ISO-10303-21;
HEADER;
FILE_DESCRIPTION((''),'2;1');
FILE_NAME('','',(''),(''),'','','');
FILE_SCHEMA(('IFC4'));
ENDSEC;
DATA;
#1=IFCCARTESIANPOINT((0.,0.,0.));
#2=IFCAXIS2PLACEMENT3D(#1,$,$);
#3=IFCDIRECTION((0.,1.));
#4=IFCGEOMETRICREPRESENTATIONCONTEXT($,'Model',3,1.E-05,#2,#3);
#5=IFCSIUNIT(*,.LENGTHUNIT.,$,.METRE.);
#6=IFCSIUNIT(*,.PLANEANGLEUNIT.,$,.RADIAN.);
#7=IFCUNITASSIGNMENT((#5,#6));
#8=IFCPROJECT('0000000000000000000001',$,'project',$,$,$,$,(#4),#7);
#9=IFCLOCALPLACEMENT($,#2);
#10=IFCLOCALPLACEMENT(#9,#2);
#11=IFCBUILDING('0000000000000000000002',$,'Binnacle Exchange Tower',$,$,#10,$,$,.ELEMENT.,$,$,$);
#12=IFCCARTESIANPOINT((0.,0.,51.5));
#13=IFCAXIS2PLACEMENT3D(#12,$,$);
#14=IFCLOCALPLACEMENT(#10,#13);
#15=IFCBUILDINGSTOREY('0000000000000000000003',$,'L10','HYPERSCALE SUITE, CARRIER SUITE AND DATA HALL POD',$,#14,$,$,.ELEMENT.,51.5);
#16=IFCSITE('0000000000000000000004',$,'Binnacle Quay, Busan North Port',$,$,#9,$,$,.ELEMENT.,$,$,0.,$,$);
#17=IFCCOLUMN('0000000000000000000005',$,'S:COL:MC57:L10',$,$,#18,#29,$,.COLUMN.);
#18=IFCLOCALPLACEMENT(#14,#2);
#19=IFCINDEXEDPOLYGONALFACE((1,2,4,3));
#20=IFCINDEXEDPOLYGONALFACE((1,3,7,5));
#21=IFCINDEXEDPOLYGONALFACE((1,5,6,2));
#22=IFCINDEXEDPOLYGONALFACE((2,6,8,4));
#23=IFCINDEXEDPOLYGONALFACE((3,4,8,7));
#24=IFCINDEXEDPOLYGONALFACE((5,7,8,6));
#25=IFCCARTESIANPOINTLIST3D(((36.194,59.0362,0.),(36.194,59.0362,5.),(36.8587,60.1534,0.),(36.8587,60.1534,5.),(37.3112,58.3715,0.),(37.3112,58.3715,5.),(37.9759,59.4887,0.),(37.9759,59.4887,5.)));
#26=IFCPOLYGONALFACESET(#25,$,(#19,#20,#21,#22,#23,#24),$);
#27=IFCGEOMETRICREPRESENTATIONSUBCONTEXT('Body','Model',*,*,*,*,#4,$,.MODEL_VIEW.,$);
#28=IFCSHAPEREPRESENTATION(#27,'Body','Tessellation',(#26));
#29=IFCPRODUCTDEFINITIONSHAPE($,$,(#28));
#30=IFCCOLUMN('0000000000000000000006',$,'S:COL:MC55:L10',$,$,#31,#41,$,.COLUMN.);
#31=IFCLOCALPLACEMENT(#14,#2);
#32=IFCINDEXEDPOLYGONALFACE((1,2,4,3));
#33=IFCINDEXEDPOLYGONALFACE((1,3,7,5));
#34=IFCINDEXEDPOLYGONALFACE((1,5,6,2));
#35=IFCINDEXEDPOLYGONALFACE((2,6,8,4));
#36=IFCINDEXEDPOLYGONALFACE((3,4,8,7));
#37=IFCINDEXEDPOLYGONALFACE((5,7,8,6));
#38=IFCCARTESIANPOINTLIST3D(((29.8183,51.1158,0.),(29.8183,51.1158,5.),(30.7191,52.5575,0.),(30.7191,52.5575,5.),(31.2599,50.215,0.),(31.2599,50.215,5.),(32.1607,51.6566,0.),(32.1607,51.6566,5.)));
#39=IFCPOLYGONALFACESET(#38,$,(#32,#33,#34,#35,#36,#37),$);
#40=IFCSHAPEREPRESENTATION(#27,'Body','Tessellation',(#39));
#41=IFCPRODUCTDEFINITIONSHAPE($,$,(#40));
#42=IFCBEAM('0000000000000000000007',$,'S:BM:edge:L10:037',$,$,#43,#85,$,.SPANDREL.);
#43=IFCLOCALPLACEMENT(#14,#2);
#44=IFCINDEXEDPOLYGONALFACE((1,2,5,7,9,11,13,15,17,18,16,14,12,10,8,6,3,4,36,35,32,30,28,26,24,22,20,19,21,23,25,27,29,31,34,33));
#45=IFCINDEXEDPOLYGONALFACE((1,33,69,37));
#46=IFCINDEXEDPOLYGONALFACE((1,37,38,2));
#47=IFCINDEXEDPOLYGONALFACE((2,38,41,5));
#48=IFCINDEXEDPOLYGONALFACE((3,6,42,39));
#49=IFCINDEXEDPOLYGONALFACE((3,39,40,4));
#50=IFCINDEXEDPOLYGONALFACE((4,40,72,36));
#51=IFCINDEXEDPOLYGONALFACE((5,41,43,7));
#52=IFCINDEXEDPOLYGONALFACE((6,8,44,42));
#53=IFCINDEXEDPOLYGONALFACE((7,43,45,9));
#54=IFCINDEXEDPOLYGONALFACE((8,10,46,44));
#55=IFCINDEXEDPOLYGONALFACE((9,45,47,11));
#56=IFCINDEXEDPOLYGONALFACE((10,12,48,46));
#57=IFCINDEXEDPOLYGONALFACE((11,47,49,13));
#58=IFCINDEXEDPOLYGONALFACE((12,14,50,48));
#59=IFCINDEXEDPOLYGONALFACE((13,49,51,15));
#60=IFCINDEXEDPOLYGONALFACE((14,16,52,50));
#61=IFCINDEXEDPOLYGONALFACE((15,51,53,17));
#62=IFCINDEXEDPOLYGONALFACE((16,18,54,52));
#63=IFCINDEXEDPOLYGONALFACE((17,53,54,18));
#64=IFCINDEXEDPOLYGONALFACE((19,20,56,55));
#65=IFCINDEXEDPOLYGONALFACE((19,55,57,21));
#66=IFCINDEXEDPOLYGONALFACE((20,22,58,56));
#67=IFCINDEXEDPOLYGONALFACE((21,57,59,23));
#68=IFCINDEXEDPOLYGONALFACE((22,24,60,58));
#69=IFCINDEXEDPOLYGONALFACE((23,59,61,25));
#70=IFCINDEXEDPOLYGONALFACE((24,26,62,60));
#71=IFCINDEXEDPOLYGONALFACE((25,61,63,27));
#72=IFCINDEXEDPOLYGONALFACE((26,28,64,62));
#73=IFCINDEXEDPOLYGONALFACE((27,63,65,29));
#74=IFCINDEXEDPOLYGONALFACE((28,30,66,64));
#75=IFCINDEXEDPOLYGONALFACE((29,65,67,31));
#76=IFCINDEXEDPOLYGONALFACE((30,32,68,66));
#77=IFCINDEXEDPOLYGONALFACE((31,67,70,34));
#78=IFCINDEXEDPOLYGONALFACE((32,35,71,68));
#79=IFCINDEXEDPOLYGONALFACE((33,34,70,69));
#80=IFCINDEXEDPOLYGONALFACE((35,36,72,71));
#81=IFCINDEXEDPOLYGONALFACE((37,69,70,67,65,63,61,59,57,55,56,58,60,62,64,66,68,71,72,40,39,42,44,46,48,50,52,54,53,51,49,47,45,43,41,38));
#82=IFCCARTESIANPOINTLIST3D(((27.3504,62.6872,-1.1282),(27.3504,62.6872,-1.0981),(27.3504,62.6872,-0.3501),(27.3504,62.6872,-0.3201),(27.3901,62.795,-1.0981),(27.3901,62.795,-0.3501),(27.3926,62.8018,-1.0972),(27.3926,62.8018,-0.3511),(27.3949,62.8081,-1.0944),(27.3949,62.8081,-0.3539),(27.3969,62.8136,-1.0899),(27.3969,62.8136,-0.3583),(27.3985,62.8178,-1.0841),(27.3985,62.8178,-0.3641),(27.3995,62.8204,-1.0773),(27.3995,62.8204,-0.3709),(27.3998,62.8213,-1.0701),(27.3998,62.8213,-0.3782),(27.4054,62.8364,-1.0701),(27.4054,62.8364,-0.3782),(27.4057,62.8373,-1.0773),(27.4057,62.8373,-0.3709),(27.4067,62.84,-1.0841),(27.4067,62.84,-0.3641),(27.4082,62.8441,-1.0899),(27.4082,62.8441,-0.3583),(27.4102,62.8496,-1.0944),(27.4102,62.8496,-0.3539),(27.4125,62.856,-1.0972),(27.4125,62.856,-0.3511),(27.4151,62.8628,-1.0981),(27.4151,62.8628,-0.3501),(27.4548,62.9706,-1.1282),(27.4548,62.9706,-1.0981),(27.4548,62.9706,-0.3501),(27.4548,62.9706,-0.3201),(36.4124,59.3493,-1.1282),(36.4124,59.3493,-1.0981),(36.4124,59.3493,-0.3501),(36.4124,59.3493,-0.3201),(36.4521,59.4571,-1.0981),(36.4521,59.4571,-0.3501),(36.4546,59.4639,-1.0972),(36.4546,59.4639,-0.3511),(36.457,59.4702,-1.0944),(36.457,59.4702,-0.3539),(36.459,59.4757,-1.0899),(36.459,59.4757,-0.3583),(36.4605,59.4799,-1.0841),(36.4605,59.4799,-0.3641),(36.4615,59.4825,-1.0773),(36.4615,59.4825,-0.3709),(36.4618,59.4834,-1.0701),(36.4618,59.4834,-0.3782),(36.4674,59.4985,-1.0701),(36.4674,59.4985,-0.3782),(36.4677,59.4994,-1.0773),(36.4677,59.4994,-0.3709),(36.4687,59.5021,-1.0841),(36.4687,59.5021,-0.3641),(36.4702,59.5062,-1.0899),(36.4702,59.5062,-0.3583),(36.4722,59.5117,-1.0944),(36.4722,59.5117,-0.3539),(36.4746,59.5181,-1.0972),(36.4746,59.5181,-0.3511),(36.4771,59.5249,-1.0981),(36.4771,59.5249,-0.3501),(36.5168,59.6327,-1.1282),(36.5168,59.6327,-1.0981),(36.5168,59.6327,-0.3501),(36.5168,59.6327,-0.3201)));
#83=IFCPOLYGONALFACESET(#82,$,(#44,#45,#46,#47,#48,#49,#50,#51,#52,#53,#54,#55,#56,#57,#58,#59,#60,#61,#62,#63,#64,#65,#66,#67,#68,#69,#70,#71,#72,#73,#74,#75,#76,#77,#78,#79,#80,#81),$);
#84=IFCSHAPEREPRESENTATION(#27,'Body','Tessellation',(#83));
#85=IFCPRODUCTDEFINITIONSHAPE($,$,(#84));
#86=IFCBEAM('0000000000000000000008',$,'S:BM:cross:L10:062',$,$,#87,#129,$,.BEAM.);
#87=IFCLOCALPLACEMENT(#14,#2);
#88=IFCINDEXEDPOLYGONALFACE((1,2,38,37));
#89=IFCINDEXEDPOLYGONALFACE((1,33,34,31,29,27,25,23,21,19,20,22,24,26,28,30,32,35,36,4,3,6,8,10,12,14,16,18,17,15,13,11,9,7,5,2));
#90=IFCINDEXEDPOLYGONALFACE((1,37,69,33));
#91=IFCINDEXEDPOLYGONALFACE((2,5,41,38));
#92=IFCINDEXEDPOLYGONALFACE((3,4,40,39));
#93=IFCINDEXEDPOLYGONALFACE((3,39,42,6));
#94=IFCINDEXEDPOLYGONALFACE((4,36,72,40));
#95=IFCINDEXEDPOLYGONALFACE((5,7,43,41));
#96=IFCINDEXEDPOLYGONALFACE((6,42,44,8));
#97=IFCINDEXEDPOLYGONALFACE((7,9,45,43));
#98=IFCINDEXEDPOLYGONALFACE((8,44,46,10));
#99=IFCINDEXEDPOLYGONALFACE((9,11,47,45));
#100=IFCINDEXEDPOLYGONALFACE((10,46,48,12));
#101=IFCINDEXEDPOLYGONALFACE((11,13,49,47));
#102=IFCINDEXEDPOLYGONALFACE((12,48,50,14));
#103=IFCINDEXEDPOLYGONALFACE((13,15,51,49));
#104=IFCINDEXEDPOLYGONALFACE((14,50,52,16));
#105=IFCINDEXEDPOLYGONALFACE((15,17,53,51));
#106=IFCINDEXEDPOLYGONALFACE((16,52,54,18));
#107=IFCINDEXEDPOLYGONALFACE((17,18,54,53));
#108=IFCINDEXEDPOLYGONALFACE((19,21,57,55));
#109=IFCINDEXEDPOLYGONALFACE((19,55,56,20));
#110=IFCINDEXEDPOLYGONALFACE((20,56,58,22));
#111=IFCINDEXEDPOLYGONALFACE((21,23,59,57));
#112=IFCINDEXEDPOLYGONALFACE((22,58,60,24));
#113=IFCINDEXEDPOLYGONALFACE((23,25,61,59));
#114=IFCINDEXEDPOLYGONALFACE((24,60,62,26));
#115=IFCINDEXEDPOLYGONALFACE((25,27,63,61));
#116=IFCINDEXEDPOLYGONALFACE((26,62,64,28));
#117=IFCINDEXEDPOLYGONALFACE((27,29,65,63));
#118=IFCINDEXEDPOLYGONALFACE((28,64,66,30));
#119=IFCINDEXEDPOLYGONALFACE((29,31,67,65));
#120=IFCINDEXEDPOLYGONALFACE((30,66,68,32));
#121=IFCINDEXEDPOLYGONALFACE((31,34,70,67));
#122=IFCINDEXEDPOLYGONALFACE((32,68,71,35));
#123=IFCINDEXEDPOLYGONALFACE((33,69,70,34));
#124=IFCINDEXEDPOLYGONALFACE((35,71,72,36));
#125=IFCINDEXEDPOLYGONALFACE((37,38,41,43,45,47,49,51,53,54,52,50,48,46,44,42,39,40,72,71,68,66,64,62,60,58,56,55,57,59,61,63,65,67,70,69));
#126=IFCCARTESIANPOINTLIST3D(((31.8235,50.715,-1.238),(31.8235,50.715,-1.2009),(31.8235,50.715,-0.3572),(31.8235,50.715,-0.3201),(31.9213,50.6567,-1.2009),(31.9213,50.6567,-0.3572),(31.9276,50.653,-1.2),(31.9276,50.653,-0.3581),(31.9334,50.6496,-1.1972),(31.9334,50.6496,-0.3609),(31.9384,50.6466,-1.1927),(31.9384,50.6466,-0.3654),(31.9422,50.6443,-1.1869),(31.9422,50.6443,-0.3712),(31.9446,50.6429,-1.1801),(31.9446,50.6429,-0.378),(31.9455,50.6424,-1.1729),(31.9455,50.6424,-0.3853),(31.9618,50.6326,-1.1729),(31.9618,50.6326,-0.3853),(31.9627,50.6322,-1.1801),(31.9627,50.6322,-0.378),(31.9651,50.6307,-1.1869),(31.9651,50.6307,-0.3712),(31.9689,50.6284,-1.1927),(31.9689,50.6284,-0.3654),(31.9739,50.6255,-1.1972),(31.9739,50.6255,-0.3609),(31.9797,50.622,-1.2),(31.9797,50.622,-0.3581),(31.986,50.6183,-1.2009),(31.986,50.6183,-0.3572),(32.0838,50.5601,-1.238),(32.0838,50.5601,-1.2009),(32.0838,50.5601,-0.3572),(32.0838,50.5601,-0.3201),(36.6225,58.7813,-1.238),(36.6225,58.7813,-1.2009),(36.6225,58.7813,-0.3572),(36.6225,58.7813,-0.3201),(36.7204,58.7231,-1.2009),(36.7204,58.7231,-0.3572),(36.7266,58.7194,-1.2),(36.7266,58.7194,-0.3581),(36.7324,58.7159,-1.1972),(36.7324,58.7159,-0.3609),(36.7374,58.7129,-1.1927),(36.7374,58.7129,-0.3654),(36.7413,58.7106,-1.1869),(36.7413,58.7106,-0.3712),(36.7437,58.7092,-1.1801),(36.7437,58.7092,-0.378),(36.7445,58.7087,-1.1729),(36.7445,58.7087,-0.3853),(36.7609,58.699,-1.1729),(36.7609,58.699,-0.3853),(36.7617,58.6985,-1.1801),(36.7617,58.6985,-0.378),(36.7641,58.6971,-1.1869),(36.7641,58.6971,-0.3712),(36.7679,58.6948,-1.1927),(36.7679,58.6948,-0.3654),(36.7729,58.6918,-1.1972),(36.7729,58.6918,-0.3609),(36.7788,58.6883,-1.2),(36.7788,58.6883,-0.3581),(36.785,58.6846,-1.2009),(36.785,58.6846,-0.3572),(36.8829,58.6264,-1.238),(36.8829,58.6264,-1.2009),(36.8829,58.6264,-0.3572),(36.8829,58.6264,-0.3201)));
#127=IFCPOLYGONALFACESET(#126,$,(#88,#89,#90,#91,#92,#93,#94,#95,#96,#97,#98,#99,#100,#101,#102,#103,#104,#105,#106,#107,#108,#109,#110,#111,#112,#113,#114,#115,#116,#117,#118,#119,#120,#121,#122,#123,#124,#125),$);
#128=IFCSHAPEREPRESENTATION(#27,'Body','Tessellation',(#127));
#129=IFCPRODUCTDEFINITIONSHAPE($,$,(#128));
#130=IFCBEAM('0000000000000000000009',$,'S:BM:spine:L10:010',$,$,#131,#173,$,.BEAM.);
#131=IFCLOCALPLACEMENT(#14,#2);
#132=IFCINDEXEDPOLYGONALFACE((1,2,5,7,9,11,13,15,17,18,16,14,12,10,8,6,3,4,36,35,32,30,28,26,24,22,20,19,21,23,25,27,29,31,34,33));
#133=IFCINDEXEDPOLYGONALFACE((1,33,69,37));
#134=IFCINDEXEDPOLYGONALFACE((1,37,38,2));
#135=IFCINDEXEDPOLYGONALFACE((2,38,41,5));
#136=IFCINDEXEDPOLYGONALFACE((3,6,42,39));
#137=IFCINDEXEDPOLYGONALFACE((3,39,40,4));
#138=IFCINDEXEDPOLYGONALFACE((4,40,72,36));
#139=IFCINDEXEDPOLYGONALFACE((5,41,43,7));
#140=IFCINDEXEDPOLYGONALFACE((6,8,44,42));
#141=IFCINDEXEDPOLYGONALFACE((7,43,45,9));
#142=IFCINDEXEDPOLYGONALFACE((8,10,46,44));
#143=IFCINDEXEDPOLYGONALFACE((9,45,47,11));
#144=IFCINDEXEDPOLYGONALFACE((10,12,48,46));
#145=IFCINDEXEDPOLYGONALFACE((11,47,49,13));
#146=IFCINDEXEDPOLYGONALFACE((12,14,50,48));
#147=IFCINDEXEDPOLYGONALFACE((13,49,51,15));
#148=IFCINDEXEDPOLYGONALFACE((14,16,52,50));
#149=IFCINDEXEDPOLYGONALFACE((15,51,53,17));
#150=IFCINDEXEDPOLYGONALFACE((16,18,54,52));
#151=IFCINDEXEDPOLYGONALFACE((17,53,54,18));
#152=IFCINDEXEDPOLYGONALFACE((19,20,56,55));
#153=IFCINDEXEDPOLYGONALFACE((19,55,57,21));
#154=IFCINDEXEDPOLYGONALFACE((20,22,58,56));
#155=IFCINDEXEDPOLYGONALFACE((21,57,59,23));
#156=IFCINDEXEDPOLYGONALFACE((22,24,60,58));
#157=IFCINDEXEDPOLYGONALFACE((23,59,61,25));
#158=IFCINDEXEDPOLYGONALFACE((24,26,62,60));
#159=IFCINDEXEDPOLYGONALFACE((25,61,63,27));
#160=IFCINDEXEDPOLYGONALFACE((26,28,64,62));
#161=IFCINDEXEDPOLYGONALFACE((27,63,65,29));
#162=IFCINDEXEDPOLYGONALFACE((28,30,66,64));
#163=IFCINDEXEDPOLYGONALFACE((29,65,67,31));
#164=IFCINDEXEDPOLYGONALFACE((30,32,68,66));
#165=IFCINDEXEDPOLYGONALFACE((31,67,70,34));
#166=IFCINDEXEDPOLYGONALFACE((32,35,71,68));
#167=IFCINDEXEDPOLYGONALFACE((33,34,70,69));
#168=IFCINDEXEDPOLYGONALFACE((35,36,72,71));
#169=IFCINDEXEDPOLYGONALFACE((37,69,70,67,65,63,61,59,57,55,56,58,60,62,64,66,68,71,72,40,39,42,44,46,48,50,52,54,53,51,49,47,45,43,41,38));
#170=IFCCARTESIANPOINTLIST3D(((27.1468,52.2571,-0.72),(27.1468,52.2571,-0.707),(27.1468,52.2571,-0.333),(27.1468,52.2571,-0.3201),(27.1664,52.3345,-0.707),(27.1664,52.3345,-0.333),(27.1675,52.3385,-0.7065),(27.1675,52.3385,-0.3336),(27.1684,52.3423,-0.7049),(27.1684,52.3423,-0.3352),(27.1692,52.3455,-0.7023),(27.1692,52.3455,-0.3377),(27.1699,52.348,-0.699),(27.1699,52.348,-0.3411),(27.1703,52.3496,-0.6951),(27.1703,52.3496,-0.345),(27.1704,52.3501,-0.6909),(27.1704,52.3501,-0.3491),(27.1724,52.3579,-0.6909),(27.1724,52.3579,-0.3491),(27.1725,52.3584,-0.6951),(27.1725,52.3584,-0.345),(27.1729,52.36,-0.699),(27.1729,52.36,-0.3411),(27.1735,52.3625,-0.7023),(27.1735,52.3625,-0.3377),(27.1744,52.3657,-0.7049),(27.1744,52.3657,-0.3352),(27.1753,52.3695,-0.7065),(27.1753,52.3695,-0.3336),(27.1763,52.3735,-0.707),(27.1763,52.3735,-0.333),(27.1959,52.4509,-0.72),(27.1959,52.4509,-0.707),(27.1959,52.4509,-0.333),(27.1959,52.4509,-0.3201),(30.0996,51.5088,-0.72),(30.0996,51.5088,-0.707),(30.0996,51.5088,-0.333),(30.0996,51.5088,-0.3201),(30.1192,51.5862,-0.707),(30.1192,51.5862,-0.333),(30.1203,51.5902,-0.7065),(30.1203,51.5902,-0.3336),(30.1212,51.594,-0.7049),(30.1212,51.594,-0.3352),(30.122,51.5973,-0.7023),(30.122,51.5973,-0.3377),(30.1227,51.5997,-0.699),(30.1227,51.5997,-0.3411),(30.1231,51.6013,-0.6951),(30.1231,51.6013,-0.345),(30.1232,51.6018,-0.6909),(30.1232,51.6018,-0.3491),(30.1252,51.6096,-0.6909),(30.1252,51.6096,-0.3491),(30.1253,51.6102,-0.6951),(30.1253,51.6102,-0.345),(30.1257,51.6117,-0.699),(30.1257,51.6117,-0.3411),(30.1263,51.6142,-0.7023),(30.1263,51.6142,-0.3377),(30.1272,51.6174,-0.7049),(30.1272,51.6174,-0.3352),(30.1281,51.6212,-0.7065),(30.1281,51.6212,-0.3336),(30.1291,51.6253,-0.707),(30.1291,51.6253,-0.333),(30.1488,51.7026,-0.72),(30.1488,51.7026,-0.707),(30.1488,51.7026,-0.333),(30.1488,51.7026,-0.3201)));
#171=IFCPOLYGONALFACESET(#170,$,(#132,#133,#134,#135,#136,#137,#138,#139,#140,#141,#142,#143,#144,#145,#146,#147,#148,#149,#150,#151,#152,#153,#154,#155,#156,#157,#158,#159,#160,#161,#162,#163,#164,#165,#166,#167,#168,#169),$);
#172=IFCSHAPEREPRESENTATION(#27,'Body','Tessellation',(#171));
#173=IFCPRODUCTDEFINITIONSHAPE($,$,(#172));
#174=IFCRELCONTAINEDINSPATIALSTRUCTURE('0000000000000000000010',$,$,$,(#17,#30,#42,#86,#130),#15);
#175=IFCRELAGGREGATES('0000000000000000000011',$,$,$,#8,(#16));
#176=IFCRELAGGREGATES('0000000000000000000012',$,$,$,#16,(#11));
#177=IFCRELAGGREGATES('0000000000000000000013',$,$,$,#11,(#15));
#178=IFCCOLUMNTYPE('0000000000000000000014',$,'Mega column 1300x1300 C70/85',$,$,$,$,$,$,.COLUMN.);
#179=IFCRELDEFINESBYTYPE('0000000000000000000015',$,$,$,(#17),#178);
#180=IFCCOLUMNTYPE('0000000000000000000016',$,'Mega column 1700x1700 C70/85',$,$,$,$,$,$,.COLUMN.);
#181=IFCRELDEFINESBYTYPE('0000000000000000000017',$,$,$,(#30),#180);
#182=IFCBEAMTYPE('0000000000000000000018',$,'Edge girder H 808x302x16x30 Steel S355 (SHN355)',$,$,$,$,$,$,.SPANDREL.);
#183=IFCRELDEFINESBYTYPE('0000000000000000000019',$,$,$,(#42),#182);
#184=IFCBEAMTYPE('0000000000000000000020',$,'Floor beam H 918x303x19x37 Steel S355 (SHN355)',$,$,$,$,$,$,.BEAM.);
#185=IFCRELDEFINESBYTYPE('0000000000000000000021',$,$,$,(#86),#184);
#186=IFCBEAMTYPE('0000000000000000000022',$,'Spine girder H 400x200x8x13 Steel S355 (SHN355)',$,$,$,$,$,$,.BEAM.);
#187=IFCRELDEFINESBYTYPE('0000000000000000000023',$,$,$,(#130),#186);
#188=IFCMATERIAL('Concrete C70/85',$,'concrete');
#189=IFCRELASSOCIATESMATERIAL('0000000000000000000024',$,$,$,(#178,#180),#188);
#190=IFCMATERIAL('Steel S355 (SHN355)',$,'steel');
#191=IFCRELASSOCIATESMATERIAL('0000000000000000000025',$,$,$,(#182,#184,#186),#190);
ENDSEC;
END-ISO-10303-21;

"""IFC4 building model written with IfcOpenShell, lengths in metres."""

from ifc_helpers import new_model, si_unit, direction, frame, origin, origin_2d, place, context, subcontext, project, spatial, rectangle, i_section, extrude, material, material_profile, profile_set, type_object, element, save


model = new_model("IFC4")

# Units and contexts
model_context = context("Model", 3, precision=1e-05, world=origin(), true_north=direction((0.0, 1.0)))
body_context = subcontext(model_context, "Body", "Model", "MODEL_VIEW")
ifc_project = project(units=[si_unit("LENGTHUNIT", "METRE"), si_unit("PLANEANGLEUNIT", "RADIAN")], contexts=[model_context])

# Site, building, storey
site_placement = place(None, origin())
site = spatial("IfcSite", under=ifc_project, at=site_placement, Name="Binnacle Quay, Busan North Port", CompositionType="ELEMENT", RefElevation=0.0)
building_placement = place(site_placement, origin())
building = spatial("IfcBuilding", under=site, at=building_placement, Name="Binnacle Exchange Tower", CompositionType="ELEMENT")
storey_placement = place(building_placement, frame((0.0, 0.0, 51.5)))
storey = spatial("IfcBuildingStorey", under=building, at=storey_placement, Name="L10", Description="HYPERSCALE SUITE, CARRIER SUITE AND DATA HALL POD", CompositionType="ELEMENT", Elevation=51.5)

# Columns
ifc_material_1 = material(Name="Concrete C70/85", Category="concrete")
ifc_material_profile_1 = material_profile(ifc_material_1, rectangle(XDim=1.3, YDim=1.3, at=origin_2d()), Name="Mega column 1300x1300 C70/85")
ifc_profile_set_1 = profile_set([ifc_material_profile_1], Name="Concrete C70/85")
column_type_1 = type_object("IfcColumnType", Name="Mega column 1300x1300 C70/85", PredefinedType="COLUMN", material=ifc_profile_set_1)
column_1_placement = place(storey_placement, frame((37.085, 59.2625, 0.0), z_axis=(0.0, 0.0, 1.0), x_axis=(-0.859406, 0.511293, 0.0)))
element("IfcColumn", 1, at=column_1_placement, inside=storey, type_object=column_type_1, Name="S:COL:MC57:L10", PredefinedType="COLUMN", context=body_context, shape_type="SweptSolid", body=[
    extrude(rectangle(XDim=1.3, YDim=1.3, at=origin_2d()), origin(), (0.0, 0.0, 1.0), 5.0),
])
ifc_material_profile_2 = material_profile(ifc_material_1, rectangle(XDim=1.7, YDim=1.7, at=origin_2d()), Name="Mega column 1700x1700 C70/85")
ifc_profile_set_2 = profile_set([ifc_material_profile_2], Name="Concrete C70/85")
column_type_2 = type_object("IfcColumnType", Name="Mega column 1700x1700 C70/85", PredefinedType="COLUMN", material=ifc_profile_set_2)
column_2_placement = place(storey_placement, frame((30.9895, 51.3862, 0.0), z_axis=(0.0, 0.0, 1.0), x_axis=(0.529919, 0.848048, 0.0)))
element("IfcColumn", 2, at=column_2_placement, inside=storey, type_object=column_type_2, Name="S:COL:MC55:L10", PredefinedType="COLUMN", context=body_context, shape_type="SweptSolid", body=[
    extrude(rectangle(XDim=1.7, YDim=1.7, at=origin_2d()), origin(), (0.0, 0.0, 1.0), 5.0),
])

# Beams
ifc_material_2 = material(Name="Steel S355 (SHN355)", Category="steel")
ifc_material_profile_3 = material_profile(ifc_material_2, i_section(OverallWidth=0.302, OverallDepth=0.8081, WebThickness=0.0161, FlangeThickness=0.03, FilletRadius=0.0281, at=origin_2d()), Name="H 808x302x16x30")
ifc_profile_set_3 = profile_set([ifc_material_profile_3], Name="Steel S355 (SHN355)")
beam_type_1 = type_object("IfcBeamType", Name="Edge girder H 808x302x16x30 Steel S355 (SHN355)", PredefinedType="SPANDREL", material=ifc_profile_set_3)
beam_1_placement = place(storey_placement, frame((36.4646, 59.491, -0.7241), z_axis=(-0.938368, 0.345637, 0.0), x_axis=(-0.345637, -0.938368, 0.0)))
element("IfcBeam", 3, at=beam_1_placement, inside=storey, type_object=beam_type_1, Name="S:BM:edge:L10:037", PredefinedType="SPANDREL", context=body_context, shape_type="SweptSolid", body=[
    extrude(i_section(OverallWidth=0.302, OverallDepth=0.8081, WebThickness=0.0161, FlangeThickness=0.03, FilletRadius=0.0281, at=origin_2d()), origin(), (0.0, 0.0, 1.0), 9.6572),
])
ifc_material_profile_4 = material_profile(ifc_material_2, i_section(OverallWidth=0.303, OverallDepth=0.918, WebThickness=0.019, FlangeThickness=0.0371, FilletRadius=0.0281, at=origin_2d()), Name="H 918x303x19x37")
ifc_profile_set_4 = profile_set([ifc_material_profile_4], Name="Steel S355 (SHN355)")
beam_type_2 = type_object("IfcBeamType", Name="Floor beam H 918x303x19x37 Steel S355 (SHN355)", PredefinedType="BEAM", material=ifc_profile_set_4)
beam_2_placement = place(storey_placement, frame((36.7527, 58.7039, -0.7791), z_axis=(-0.511298, -0.859403, 0.0), x_axis=(0.859403, -0.511298, 0.0)))
element("IfcBeam", 4, at=beam_2_placement, inside=storey, type_object=beam_type_2, Name="S:BM:cross:L10:062", PredefinedType="BEAM", context=body_context, shape_type="SweptSolid", body=[
    extrude(i_section(OverallWidth=0.303, OverallDepth=0.918, WebThickness=0.019, FlangeThickness=0.0371, FilletRadius=0.0281, at=origin_2d()), origin(), (0.0, 0.0, 1.0), 9.386),
])
ifc_material_profile_5 = material_profile(ifc_material_2, i_section(OverallWidth=0.2, OverallDepth=0.3999, WebThickness=0.0081, FlangeThickness=0.0129, FilletRadius=0.0161, at=origin_2d()), Name="H 400x200x8x13")
ifc_profile_set_5 = profile_set([ifc_material_profile_5], Name="Steel S355 (SHN355)")
beam_type_3 = type_object("IfcBeamType", Name="Spine girder H 400x200x8x13 Steel S355 (SHN355)", PredefinedType="BEAM", material=ifc_profile_set_5)
beam_3_placement = place(storey_placement, frame((27.1714, 52.354, -0.52), z_axis=(0.96936, -0.245646, 0.0), x_axis=(0.245646, 0.96936, 0.0)))
element("IfcBeam", 5, at=beam_3_placement, inside=storey, type_object=beam_type_3, Name="S:BM:spine:L10:010", PredefinedType="BEAM", context=body_context, shape_type="SweptSolid", body=[
    extrude(i_section(OverallWidth=0.2, OverallDepth=0.3999, WebThickness=0.0081, FlangeThickness=0.0129, FilletRadius=0.0161, at=origin_2d()), origin(), (0.0, 0.0, 1.0), 3.0461),
])

save(model, "model.ifc")
